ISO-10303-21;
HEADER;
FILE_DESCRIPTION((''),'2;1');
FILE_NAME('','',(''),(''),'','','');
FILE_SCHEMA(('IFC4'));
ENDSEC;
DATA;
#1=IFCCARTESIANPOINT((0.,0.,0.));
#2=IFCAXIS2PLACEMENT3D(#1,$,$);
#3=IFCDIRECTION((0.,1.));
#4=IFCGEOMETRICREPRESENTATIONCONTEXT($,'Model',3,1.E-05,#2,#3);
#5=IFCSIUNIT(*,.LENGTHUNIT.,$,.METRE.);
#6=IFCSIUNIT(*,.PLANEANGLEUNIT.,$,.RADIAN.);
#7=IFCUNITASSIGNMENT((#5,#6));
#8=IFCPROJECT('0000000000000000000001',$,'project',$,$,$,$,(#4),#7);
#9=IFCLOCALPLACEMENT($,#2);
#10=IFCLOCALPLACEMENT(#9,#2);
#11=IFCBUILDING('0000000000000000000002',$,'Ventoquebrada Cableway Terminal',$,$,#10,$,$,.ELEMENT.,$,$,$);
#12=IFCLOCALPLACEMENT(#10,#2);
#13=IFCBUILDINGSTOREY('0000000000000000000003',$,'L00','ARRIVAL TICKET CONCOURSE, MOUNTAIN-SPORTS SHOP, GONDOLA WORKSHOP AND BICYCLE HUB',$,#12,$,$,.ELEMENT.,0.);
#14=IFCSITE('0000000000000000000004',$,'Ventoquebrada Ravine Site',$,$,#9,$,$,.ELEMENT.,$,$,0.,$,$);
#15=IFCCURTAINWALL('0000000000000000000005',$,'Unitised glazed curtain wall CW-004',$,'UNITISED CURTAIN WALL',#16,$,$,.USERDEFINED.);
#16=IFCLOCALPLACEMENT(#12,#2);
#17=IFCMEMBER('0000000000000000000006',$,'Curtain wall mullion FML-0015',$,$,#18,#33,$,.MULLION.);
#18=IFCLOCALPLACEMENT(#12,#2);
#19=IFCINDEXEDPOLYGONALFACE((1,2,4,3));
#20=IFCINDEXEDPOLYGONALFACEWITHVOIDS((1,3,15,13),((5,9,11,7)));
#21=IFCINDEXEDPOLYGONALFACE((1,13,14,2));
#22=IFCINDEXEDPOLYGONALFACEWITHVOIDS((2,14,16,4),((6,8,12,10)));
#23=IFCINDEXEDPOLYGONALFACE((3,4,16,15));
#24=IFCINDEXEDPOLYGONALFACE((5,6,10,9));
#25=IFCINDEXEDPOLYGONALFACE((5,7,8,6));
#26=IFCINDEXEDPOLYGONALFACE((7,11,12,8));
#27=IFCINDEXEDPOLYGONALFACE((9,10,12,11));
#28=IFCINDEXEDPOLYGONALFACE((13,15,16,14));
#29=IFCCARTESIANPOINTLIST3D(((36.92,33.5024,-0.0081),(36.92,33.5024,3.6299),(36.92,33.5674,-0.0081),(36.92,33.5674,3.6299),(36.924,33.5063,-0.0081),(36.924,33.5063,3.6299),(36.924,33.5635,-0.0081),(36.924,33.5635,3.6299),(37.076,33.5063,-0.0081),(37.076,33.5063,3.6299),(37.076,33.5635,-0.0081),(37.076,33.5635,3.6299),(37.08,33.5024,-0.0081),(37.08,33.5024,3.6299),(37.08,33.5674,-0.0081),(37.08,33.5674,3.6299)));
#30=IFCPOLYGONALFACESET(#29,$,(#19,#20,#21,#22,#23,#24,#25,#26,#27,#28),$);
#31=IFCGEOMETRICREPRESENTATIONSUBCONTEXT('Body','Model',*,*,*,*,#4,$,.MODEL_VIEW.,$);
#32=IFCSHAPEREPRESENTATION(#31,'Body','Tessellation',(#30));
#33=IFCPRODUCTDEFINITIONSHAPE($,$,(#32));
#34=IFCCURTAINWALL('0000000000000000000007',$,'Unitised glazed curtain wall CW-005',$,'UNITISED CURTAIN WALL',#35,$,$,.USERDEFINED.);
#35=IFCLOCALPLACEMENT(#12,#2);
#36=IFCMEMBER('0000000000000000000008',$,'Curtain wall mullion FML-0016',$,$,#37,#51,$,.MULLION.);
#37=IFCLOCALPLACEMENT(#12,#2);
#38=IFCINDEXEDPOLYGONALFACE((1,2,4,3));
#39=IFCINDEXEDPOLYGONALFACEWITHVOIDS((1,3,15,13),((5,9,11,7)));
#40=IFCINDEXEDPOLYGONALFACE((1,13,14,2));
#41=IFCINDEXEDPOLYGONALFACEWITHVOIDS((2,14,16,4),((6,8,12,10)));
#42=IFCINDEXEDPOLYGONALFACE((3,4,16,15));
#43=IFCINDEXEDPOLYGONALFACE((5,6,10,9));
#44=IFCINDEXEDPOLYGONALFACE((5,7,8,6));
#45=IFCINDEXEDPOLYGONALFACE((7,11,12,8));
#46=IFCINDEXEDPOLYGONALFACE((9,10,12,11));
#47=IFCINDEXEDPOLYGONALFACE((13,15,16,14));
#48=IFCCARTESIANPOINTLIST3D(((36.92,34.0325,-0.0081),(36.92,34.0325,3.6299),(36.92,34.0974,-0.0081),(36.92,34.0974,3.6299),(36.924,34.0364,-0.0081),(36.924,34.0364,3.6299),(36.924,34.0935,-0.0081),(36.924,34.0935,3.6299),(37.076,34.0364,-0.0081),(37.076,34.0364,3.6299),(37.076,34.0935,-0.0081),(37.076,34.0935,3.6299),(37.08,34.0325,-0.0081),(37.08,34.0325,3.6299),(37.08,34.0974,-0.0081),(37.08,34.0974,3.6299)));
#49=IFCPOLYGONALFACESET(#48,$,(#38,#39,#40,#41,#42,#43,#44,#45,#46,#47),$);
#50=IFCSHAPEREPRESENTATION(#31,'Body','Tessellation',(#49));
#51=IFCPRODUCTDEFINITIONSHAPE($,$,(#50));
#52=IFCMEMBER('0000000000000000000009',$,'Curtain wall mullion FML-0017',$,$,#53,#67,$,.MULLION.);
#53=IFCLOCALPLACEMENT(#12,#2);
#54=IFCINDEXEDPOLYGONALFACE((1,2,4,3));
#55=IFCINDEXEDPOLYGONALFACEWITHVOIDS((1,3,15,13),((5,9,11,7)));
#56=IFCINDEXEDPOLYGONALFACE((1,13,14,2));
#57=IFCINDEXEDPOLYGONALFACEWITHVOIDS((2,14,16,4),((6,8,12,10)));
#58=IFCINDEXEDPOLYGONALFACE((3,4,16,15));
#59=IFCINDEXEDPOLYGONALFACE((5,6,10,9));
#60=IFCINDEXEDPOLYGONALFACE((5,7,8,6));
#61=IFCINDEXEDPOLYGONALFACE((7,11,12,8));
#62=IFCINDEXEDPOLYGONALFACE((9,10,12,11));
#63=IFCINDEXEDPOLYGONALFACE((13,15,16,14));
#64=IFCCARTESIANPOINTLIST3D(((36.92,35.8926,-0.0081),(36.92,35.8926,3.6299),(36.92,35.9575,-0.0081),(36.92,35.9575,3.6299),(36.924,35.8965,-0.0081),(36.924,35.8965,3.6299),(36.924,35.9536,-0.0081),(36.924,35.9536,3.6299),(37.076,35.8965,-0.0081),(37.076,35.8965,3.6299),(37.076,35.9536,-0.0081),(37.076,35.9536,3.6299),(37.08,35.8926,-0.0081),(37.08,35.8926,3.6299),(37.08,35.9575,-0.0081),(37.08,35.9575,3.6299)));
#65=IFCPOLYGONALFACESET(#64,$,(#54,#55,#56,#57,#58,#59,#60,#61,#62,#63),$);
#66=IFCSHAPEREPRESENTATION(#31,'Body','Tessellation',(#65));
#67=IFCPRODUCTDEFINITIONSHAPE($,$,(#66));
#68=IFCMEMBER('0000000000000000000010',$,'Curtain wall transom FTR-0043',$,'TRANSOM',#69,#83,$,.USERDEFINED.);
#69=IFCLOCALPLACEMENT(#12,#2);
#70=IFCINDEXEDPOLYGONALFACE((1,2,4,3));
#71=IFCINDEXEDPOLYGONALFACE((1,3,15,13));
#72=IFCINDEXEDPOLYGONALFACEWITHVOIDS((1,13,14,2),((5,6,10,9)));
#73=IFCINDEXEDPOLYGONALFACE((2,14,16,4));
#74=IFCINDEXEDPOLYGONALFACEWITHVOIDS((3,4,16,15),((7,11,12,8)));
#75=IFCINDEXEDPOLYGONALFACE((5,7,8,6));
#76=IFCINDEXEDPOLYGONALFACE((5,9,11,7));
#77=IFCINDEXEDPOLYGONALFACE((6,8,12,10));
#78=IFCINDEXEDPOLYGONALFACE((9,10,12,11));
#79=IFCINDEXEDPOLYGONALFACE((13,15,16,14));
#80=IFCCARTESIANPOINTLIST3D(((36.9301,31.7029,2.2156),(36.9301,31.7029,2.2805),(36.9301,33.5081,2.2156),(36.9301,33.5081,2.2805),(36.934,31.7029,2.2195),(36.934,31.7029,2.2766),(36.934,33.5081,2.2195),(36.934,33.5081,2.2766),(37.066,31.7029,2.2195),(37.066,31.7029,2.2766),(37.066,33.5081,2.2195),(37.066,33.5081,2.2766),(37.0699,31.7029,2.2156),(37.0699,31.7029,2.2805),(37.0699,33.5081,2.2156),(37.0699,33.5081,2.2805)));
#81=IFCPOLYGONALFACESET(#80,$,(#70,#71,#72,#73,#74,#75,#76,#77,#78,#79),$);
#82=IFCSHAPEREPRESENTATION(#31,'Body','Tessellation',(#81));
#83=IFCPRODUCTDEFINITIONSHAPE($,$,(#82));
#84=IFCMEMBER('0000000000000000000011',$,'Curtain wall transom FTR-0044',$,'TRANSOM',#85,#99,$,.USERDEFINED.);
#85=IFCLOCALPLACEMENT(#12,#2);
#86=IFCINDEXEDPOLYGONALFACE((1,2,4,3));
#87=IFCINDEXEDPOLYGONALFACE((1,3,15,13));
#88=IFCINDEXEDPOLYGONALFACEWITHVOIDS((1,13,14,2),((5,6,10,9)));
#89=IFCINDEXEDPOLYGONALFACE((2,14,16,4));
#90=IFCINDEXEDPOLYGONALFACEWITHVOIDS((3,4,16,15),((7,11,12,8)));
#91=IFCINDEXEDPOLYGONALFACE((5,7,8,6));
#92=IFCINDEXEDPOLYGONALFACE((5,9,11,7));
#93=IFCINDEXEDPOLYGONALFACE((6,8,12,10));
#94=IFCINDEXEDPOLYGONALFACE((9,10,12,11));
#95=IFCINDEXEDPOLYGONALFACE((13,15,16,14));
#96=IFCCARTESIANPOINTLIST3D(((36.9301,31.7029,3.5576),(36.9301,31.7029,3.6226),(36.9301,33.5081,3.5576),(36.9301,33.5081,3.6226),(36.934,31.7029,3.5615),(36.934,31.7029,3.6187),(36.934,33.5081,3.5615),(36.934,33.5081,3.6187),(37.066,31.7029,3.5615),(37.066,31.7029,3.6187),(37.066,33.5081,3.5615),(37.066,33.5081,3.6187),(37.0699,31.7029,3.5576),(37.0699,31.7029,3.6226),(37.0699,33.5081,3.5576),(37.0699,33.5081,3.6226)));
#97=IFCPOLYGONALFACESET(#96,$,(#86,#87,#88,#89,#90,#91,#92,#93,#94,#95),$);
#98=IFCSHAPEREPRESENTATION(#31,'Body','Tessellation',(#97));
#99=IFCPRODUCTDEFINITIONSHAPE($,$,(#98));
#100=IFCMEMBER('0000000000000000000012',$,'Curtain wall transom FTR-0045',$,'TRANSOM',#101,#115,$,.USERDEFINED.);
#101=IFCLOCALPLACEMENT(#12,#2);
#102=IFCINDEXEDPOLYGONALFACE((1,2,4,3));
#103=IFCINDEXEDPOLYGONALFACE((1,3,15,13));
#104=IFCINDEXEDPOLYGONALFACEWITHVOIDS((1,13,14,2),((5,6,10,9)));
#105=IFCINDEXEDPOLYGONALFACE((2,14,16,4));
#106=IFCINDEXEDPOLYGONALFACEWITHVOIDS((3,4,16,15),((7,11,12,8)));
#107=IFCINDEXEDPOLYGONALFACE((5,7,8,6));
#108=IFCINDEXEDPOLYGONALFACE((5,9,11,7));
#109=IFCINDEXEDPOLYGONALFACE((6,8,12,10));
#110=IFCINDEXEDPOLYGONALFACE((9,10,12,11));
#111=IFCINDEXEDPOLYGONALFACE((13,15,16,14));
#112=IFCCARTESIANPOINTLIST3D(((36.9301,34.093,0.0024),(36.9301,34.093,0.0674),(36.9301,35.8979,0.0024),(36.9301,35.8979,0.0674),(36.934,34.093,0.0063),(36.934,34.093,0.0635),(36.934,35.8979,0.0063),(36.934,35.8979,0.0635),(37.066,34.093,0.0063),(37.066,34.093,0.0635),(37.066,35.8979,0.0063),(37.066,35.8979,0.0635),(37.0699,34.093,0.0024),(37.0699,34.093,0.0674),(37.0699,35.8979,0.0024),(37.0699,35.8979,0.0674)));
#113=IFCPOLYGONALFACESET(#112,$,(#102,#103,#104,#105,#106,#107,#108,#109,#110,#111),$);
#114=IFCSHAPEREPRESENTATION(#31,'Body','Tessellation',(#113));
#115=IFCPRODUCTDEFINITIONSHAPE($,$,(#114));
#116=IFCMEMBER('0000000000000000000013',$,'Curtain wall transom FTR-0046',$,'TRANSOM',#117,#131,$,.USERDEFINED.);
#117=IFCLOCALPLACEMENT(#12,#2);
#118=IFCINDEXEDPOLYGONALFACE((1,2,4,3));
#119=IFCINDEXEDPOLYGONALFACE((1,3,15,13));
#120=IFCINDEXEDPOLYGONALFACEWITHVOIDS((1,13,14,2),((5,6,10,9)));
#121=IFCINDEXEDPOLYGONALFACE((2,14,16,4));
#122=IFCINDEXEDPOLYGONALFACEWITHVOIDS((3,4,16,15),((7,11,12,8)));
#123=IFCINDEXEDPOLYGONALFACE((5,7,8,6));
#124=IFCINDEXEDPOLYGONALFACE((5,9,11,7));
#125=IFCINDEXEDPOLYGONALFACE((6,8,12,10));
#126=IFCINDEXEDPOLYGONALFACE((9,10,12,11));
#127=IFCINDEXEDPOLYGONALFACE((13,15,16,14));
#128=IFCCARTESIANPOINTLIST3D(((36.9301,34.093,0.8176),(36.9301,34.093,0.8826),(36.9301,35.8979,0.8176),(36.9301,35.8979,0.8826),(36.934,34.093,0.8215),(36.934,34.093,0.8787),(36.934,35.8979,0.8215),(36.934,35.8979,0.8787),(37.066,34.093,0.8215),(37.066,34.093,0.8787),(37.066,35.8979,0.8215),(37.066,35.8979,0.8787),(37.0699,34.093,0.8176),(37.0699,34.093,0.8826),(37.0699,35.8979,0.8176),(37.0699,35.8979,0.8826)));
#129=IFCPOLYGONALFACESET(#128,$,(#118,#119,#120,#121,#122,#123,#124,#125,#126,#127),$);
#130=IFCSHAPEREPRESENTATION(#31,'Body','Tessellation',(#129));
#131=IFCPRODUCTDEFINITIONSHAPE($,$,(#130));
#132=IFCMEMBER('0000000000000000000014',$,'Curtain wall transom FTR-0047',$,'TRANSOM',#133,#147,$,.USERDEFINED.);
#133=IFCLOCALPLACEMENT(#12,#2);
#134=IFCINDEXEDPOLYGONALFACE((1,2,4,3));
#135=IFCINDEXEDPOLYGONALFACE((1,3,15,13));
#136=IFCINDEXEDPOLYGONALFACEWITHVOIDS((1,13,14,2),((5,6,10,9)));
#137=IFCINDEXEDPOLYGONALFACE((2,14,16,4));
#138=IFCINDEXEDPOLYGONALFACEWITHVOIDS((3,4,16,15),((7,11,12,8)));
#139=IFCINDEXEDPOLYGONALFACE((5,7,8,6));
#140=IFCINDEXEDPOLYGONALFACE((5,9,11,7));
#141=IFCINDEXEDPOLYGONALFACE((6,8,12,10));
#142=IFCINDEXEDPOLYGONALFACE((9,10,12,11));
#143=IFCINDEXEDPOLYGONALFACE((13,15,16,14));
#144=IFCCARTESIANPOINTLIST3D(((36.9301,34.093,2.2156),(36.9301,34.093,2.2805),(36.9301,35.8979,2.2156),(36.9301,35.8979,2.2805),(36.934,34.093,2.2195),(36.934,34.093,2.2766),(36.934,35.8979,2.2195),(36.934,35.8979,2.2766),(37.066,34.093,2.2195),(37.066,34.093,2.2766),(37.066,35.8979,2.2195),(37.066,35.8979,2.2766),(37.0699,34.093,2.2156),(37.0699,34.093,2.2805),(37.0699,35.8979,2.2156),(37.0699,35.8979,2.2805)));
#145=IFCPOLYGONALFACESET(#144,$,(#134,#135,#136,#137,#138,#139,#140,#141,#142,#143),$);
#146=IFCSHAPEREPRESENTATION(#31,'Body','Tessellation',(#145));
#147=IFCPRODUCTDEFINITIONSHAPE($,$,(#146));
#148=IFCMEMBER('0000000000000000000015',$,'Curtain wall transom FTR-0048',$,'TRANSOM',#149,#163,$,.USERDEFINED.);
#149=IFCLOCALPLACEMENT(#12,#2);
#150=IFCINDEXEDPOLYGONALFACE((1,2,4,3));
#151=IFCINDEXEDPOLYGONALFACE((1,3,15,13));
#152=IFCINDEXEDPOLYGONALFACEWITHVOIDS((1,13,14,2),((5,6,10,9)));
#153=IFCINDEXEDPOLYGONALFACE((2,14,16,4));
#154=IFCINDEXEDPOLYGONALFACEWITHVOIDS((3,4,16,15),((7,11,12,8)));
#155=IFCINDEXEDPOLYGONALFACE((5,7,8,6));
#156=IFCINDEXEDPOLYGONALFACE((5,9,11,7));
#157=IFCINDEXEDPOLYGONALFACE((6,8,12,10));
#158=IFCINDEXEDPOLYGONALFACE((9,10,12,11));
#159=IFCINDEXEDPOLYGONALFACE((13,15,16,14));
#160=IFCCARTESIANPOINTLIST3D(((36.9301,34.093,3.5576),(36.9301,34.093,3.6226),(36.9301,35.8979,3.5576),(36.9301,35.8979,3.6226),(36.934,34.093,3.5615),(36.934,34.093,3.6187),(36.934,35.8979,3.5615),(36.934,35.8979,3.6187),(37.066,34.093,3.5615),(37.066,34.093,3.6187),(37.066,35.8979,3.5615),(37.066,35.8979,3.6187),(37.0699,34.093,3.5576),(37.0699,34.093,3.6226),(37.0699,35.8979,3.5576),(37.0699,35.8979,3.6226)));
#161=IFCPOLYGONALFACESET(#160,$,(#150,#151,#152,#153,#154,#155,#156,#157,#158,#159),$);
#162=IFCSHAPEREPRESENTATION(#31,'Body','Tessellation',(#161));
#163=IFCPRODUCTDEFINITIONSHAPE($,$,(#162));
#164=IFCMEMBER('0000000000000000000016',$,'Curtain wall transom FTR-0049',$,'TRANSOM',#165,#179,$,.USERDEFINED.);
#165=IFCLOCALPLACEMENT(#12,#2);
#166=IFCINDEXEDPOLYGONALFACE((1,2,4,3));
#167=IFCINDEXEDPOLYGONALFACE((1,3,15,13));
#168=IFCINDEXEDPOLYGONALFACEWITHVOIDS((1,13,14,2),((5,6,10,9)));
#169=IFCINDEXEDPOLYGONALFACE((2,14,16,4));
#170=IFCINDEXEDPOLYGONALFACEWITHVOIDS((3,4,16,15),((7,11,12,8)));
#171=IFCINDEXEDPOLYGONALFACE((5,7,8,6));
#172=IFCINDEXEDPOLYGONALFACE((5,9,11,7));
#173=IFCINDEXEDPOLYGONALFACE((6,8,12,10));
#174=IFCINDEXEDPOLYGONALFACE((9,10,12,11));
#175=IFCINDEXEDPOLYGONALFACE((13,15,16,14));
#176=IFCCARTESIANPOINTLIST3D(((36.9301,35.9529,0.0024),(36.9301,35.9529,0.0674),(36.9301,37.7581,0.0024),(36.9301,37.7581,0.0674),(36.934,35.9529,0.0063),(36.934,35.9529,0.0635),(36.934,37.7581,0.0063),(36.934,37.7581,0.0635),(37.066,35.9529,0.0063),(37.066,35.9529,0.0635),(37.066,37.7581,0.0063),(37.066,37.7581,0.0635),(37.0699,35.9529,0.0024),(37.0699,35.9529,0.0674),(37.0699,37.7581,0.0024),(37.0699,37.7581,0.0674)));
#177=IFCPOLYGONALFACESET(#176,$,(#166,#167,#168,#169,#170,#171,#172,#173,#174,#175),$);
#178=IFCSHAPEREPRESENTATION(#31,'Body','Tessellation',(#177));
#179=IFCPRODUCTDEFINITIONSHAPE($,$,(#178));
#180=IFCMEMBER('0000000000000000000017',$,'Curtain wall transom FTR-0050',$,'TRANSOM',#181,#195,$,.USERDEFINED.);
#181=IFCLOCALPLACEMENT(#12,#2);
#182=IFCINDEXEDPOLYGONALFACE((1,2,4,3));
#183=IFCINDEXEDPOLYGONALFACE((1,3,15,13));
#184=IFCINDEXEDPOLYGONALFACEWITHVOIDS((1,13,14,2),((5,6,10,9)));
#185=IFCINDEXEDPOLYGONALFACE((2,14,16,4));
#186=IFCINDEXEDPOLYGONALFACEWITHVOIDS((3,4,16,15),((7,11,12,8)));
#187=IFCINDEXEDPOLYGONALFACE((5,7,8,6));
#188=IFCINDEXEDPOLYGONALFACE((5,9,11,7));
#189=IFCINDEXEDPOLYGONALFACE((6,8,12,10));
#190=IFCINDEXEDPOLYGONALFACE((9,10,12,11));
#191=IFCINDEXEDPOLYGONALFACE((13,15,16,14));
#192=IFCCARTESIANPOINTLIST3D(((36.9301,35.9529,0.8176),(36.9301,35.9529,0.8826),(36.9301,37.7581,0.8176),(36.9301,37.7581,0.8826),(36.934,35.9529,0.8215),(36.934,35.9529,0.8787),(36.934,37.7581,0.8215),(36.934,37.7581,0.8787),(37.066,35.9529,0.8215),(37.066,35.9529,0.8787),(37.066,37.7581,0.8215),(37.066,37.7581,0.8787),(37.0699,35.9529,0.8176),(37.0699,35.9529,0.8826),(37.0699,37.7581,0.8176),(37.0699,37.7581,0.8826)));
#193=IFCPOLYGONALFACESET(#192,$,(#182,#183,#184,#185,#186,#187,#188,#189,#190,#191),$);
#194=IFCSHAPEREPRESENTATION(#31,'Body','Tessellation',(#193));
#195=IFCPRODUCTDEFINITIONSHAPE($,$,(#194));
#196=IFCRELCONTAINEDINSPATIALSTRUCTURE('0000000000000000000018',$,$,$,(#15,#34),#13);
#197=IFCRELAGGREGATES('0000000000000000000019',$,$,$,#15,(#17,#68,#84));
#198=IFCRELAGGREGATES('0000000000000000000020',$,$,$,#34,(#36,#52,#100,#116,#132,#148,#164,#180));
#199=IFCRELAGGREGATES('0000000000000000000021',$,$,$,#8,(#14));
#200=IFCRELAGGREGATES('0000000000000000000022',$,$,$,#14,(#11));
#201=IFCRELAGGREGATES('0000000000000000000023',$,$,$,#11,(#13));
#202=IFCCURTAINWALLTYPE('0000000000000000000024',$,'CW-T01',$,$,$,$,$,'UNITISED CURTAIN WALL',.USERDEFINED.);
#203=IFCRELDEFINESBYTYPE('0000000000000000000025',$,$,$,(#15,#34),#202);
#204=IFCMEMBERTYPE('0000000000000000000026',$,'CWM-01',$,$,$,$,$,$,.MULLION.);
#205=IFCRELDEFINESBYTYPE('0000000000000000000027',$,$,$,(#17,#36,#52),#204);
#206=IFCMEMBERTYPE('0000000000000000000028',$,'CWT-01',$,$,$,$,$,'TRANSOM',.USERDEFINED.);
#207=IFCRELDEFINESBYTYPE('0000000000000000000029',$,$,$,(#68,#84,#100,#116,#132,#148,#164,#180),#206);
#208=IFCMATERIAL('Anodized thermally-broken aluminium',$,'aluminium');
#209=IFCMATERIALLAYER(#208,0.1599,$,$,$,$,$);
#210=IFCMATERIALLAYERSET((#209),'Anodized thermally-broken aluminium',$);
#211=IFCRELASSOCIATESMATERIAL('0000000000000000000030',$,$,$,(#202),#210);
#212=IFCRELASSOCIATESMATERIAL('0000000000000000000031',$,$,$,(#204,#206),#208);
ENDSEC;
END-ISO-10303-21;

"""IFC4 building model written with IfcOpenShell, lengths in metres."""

from ifc_helpers import new_model, si_unit, direction, frame, origin, origin_2d, place, context, subcontext, project, spatial, hollow_rectangle, extrude, material, layer, layer_set, material_profile, profile_set, type_object, element, aggregate, save


model = new_model("IFC4")

# Units and contexts
model_context = context("Model", 3, precision=1e-05, world=origin(), true_north=direction((0.0, 1.0)))
body_context = subcontext(model_context, "Body", "Model", "MODEL_VIEW")
ifc_project = project(units=[si_unit("LENGTHUNIT", "METRE"), si_unit("PLANEANGLEUNIT", "RADIAN")], contexts=[model_context])

# Site, building, storey
site_placement = place(None, origin())
site = spatial("IfcSite", under=ifc_project, at=site_placement, Name="Ventoquebrada Ravine Site", CompositionType="ELEMENT", RefElevation=0.0)
building_placement = place(site_placement, origin())
building = spatial("IfcBuilding", under=site, at=building_placement, Name="Ventoquebrada Cableway Terminal", CompositionType="ELEMENT")
storey_placement = place(building_placement, origin())
storey = spatial("IfcBuildingStorey", under=building, at=storey_placement, Name="L00", Description="ARRIVAL TICKET CONCOURSE, MOUNTAIN-SPORTS SHOP, GONDOLA WORKSHOP AND BICYCLE HUB", CompositionType="ELEMENT", Elevation=0.0)

# Curtain wall, member
ifc_material_1 = material(Name="Anodized thermally-broken aluminium", Category="aluminium")
ifc_layer_1 = layer(ifc_material_1, 0.1599)
ifc_layer_set_1 = layer_set([ifc_layer_1], Name="Anodized thermally-broken aluminium")
curtain_wall_type = type_object("IfcCurtainWallType", Name="CW-T01", ElementType="UNITISED CURTAIN WALL", PredefinedType="USERDEFINED", material=ifc_layer_set_1)
curtain_wall_1_placement = place(storey_placement, origin())
curtain_wall_1 = element("IfcCurtainWall", 1, at=curtain_wall_1_placement, inside=storey, type_object=curtain_wall_type, Name="Unitised glazed curtain wall CW-004", ObjectType="UNITISED CURTAIN WALL", PredefinedType="USERDEFINED")
ifc_material_profile_1 = material_profile(ifc_material_1, hollow_rectangle(XDim=0.0649, YDim=0.1599, WallThickness=0.0039, at=origin_2d()), Name="CW-MUL-65X160")
ifc_profile_set_1 = profile_set([ifc_material_profile_1], Name="Anodized thermally-broken aluminium")
member_type_1 = type_object("IfcMemberType", Name="CWM-01", PredefinedType="MULLION", material=ifc_profile_set_1)
member_1_placement = place(storey_placement, frame((37.0, 33.5349, -0.0081), z_axis=(0.0, 0.0, 1.0), x_axis=(0.0, 1.0, 0.0)))
member_1 = element("IfcMember", 2, at=member_1_placement, type_object=member_type_1, Name="Curtain wall mullion FML-0015", PredefinedType="MULLION", context=body_context, shape_type="SweptSolid", body=[
    extrude(hollow_rectangle(XDim=0.0649, YDim=0.1599, WallThickness=0.0039, at=origin_2d()), origin(), (0.0, 0.0, 1.0), 3.6379),
])

# Curtain wall, members
curtain_wall_2_placement = place(storey_placement, origin())
curtain_wall_2 = element("IfcCurtainWall", 3, at=curtain_wall_2_placement, inside=storey, type_object=curtain_wall_type, Name="Unitised glazed curtain wall CW-005", ObjectType="UNITISED CURTAIN WALL", PredefinedType="USERDEFINED")
member_2_placement = place(storey_placement, frame((37.0, 34.0649, -0.0081), z_axis=(0.0, 0.0, 1.0), x_axis=(0.0, 1.0, 0.0)))
member_2 = element("IfcMember", 4, at=member_2_placement, type_object=member_type_1, Name="Curtain wall mullion FML-0016", PredefinedType="MULLION", context=body_context, shape_type="SweptSolid", body=[
    extrude(hollow_rectangle(XDim=0.0649, YDim=0.1599, WallThickness=0.0039, at=origin_2d()), origin(), (0.0, 0.0, 1.0), 3.6379),
])
member_3_placement = place(storey_placement, frame((37.0, 35.925, -0.0081), z_axis=(0.0, 0.0, 1.0), x_axis=(0.0, 1.0, 0.0)))
member_3 = element("IfcMember", 5, at=member_3_placement, type_object=member_type_1, Name="Curtain wall mullion FML-0017", PredefinedType="MULLION", context=body_context, shape_type="SweptSolid", body=[
    extrude(hollow_rectangle(XDim=0.0649, YDim=0.1599, WallThickness=0.0039, at=origin_2d()), origin(), (0.0, 0.0, 1.0), 3.6379),
])

# Members
ifc_material_profile_2 = material_profile(ifc_material_1, hollow_rectangle(XDim=0.0649, YDim=0.1399, WallThickness=0.0039, at=origin_2d()), Name="CW-TRN-65X140")
ifc_profile_set_2 = profile_set([ifc_material_profile_2], Name="Anodized thermally-broken aluminium")
member_type_2 = type_object("IfcMemberType", Name="CWT-01", ElementType="TRANSOM", PredefinedType="USERDEFINED", material=ifc_profile_set_2)
member_4_placement = place(storey_placement, frame((37.0, 31.7029, 2.248), z_axis=(0.0, 1.0, 0.0), x_axis=(0.0, 0.0, 1.0)))
member_4 = element("IfcMember", 6, at=member_4_placement, type_object=member_type_2, Name="Curtain wall transom FTR-0043", ObjectType="TRANSOM", PredefinedType="USERDEFINED", context=body_context, shape_type="SweptSolid", body=[
    extrude(hollow_rectangle(XDim=0.0649, YDim=0.1399, WallThickness=0.0039, at=origin_2d()), origin(), (0.0, 0.0, 1.0), 1.8052),
])
member_5_placement = place(storey_placement, frame((37.0, 31.7029, 3.5901), z_axis=(0.0, 1.0, 0.0), x_axis=(0.0, 0.0, 1.0)))
member_5 = element("IfcMember", 7, at=member_5_placement, type_object=member_type_2, Name="Curtain wall transom FTR-0044", ObjectType="TRANSOM", PredefinedType="USERDEFINED", context=body_context, shape_type="SweptSolid", body=[
    extrude(hollow_rectangle(XDim=0.0649, YDim=0.1399, WallThickness=0.0039, at=origin_2d()), origin(), (0.0, 0.0, 1.0), 1.8052),
])
member_6_placement = place(storey_placement, frame((37.0, 34.093, 0.0349), z_axis=(0.0, 1.0, 0.0), x_axis=(0.0, 0.0, 1.0)))
member_6 = element("IfcMember", 8, at=member_6_placement, type_object=member_type_2, Name="Curtain wall transom FTR-0045", ObjectType="TRANSOM", PredefinedType="USERDEFINED", context=body_context, shape_type="SweptSolid", body=[
    extrude(hollow_rectangle(XDim=0.0649, YDim=0.1399, WallThickness=0.0039, at=origin_2d()), origin(), (0.0, 0.0, 1.0), 1.8049),
])
member_7_placement = place(storey_placement, frame((37.0, 34.093, 0.8501), z_axis=(0.0, 1.0, 0.0), x_axis=(0.0, 0.0, 1.0)))
member_7 = element("IfcMember", 9, at=member_7_placement, type_object=member_type_2, Name="Curtain wall transom FTR-0046", ObjectType="TRANSOM", PredefinedType="USERDEFINED", context=body_context, shape_type="SweptSolid", body=[
    extrude(hollow_rectangle(XDim=0.0649, YDim=0.1399, WallThickness=0.0039, at=origin_2d()), origin(), (0.0, 0.0, 1.0), 1.8049),
])
member_8_placement = place(storey_placement, frame((37.0, 34.093, 2.248), z_axis=(0.0, 1.0, 0.0), x_axis=(0.0, 0.0, 1.0)))
member_8 = element("IfcMember", 10, at=member_8_placement, type_object=member_type_2, Name="Curtain wall transom FTR-0047", ObjectType="TRANSOM", PredefinedType="USERDEFINED", context=body_context, shape_type="SweptSolid", body=[
    extrude(hollow_rectangle(XDim=0.0649, YDim=0.1399, WallThickness=0.0039, at=origin_2d()), origin(), (0.0, 0.0, 1.0), 1.8049),
])
member_9_placement = place(storey_placement, frame((37.0, 34.093, 3.5901), z_axis=(0.0, 1.0, 0.0), x_axis=(0.0, 0.0, 1.0)))
member_9 = element("IfcMember", 11, at=member_9_placement, type_object=member_type_2, Name="Curtain wall transom FTR-0048", ObjectType="TRANSOM", PredefinedType="USERDEFINED", context=body_context, shape_type="SweptSolid", body=[
    extrude(hollow_rectangle(XDim=0.0649, YDim=0.1399, WallThickness=0.0039, at=origin_2d()), origin(), (0.0, 0.0, 1.0), 1.8049),
])
member_10_placement = place(storey_placement, frame((37.0, 35.9529, 0.0349), z_axis=(0.0, 1.0, 0.0), x_axis=(0.0, 0.0, 1.0)))
member_10 = element("IfcMember", 12, at=member_10_placement, type_object=member_type_2, Name="Curtain wall transom FTR-0049", ObjectType="TRANSOM", PredefinedType="USERDEFINED", context=body_context, shape_type="SweptSolid", body=[
    extrude(hollow_rectangle(XDim=0.0649, YDim=0.1399, WallThickness=0.0039, at=origin_2d()), origin(), (0.0, 0.0, 1.0), 1.8052),
])
member_11_placement = place(storey_placement, frame((37.0, 35.9529, 0.8501), z_axis=(0.0, 1.0, 0.0), x_axis=(0.0, 0.0, 1.0)))
member_11 = element("IfcMember", 13, at=member_11_placement, type_object=member_type_2, Name="Curtain wall transom FTR-0050", ObjectType="TRANSOM", PredefinedType="USERDEFINED", context=body_context, shape_type="SweptSolid", body=[
    extrude(hollow_rectangle(XDim=0.0649, YDim=0.1399, WallThickness=0.0039, at=origin_2d()), origin(), (0.0, 0.0, 1.0), 1.8052),
])

aggregate(curtain_wall_1, [member_1, member_4, member_5])
aggregate(curtain_wall_2, [member_2, member_3, member_6, member_7, member_8, member_9, member_10, member_11])

save(model, "model.ifc")
